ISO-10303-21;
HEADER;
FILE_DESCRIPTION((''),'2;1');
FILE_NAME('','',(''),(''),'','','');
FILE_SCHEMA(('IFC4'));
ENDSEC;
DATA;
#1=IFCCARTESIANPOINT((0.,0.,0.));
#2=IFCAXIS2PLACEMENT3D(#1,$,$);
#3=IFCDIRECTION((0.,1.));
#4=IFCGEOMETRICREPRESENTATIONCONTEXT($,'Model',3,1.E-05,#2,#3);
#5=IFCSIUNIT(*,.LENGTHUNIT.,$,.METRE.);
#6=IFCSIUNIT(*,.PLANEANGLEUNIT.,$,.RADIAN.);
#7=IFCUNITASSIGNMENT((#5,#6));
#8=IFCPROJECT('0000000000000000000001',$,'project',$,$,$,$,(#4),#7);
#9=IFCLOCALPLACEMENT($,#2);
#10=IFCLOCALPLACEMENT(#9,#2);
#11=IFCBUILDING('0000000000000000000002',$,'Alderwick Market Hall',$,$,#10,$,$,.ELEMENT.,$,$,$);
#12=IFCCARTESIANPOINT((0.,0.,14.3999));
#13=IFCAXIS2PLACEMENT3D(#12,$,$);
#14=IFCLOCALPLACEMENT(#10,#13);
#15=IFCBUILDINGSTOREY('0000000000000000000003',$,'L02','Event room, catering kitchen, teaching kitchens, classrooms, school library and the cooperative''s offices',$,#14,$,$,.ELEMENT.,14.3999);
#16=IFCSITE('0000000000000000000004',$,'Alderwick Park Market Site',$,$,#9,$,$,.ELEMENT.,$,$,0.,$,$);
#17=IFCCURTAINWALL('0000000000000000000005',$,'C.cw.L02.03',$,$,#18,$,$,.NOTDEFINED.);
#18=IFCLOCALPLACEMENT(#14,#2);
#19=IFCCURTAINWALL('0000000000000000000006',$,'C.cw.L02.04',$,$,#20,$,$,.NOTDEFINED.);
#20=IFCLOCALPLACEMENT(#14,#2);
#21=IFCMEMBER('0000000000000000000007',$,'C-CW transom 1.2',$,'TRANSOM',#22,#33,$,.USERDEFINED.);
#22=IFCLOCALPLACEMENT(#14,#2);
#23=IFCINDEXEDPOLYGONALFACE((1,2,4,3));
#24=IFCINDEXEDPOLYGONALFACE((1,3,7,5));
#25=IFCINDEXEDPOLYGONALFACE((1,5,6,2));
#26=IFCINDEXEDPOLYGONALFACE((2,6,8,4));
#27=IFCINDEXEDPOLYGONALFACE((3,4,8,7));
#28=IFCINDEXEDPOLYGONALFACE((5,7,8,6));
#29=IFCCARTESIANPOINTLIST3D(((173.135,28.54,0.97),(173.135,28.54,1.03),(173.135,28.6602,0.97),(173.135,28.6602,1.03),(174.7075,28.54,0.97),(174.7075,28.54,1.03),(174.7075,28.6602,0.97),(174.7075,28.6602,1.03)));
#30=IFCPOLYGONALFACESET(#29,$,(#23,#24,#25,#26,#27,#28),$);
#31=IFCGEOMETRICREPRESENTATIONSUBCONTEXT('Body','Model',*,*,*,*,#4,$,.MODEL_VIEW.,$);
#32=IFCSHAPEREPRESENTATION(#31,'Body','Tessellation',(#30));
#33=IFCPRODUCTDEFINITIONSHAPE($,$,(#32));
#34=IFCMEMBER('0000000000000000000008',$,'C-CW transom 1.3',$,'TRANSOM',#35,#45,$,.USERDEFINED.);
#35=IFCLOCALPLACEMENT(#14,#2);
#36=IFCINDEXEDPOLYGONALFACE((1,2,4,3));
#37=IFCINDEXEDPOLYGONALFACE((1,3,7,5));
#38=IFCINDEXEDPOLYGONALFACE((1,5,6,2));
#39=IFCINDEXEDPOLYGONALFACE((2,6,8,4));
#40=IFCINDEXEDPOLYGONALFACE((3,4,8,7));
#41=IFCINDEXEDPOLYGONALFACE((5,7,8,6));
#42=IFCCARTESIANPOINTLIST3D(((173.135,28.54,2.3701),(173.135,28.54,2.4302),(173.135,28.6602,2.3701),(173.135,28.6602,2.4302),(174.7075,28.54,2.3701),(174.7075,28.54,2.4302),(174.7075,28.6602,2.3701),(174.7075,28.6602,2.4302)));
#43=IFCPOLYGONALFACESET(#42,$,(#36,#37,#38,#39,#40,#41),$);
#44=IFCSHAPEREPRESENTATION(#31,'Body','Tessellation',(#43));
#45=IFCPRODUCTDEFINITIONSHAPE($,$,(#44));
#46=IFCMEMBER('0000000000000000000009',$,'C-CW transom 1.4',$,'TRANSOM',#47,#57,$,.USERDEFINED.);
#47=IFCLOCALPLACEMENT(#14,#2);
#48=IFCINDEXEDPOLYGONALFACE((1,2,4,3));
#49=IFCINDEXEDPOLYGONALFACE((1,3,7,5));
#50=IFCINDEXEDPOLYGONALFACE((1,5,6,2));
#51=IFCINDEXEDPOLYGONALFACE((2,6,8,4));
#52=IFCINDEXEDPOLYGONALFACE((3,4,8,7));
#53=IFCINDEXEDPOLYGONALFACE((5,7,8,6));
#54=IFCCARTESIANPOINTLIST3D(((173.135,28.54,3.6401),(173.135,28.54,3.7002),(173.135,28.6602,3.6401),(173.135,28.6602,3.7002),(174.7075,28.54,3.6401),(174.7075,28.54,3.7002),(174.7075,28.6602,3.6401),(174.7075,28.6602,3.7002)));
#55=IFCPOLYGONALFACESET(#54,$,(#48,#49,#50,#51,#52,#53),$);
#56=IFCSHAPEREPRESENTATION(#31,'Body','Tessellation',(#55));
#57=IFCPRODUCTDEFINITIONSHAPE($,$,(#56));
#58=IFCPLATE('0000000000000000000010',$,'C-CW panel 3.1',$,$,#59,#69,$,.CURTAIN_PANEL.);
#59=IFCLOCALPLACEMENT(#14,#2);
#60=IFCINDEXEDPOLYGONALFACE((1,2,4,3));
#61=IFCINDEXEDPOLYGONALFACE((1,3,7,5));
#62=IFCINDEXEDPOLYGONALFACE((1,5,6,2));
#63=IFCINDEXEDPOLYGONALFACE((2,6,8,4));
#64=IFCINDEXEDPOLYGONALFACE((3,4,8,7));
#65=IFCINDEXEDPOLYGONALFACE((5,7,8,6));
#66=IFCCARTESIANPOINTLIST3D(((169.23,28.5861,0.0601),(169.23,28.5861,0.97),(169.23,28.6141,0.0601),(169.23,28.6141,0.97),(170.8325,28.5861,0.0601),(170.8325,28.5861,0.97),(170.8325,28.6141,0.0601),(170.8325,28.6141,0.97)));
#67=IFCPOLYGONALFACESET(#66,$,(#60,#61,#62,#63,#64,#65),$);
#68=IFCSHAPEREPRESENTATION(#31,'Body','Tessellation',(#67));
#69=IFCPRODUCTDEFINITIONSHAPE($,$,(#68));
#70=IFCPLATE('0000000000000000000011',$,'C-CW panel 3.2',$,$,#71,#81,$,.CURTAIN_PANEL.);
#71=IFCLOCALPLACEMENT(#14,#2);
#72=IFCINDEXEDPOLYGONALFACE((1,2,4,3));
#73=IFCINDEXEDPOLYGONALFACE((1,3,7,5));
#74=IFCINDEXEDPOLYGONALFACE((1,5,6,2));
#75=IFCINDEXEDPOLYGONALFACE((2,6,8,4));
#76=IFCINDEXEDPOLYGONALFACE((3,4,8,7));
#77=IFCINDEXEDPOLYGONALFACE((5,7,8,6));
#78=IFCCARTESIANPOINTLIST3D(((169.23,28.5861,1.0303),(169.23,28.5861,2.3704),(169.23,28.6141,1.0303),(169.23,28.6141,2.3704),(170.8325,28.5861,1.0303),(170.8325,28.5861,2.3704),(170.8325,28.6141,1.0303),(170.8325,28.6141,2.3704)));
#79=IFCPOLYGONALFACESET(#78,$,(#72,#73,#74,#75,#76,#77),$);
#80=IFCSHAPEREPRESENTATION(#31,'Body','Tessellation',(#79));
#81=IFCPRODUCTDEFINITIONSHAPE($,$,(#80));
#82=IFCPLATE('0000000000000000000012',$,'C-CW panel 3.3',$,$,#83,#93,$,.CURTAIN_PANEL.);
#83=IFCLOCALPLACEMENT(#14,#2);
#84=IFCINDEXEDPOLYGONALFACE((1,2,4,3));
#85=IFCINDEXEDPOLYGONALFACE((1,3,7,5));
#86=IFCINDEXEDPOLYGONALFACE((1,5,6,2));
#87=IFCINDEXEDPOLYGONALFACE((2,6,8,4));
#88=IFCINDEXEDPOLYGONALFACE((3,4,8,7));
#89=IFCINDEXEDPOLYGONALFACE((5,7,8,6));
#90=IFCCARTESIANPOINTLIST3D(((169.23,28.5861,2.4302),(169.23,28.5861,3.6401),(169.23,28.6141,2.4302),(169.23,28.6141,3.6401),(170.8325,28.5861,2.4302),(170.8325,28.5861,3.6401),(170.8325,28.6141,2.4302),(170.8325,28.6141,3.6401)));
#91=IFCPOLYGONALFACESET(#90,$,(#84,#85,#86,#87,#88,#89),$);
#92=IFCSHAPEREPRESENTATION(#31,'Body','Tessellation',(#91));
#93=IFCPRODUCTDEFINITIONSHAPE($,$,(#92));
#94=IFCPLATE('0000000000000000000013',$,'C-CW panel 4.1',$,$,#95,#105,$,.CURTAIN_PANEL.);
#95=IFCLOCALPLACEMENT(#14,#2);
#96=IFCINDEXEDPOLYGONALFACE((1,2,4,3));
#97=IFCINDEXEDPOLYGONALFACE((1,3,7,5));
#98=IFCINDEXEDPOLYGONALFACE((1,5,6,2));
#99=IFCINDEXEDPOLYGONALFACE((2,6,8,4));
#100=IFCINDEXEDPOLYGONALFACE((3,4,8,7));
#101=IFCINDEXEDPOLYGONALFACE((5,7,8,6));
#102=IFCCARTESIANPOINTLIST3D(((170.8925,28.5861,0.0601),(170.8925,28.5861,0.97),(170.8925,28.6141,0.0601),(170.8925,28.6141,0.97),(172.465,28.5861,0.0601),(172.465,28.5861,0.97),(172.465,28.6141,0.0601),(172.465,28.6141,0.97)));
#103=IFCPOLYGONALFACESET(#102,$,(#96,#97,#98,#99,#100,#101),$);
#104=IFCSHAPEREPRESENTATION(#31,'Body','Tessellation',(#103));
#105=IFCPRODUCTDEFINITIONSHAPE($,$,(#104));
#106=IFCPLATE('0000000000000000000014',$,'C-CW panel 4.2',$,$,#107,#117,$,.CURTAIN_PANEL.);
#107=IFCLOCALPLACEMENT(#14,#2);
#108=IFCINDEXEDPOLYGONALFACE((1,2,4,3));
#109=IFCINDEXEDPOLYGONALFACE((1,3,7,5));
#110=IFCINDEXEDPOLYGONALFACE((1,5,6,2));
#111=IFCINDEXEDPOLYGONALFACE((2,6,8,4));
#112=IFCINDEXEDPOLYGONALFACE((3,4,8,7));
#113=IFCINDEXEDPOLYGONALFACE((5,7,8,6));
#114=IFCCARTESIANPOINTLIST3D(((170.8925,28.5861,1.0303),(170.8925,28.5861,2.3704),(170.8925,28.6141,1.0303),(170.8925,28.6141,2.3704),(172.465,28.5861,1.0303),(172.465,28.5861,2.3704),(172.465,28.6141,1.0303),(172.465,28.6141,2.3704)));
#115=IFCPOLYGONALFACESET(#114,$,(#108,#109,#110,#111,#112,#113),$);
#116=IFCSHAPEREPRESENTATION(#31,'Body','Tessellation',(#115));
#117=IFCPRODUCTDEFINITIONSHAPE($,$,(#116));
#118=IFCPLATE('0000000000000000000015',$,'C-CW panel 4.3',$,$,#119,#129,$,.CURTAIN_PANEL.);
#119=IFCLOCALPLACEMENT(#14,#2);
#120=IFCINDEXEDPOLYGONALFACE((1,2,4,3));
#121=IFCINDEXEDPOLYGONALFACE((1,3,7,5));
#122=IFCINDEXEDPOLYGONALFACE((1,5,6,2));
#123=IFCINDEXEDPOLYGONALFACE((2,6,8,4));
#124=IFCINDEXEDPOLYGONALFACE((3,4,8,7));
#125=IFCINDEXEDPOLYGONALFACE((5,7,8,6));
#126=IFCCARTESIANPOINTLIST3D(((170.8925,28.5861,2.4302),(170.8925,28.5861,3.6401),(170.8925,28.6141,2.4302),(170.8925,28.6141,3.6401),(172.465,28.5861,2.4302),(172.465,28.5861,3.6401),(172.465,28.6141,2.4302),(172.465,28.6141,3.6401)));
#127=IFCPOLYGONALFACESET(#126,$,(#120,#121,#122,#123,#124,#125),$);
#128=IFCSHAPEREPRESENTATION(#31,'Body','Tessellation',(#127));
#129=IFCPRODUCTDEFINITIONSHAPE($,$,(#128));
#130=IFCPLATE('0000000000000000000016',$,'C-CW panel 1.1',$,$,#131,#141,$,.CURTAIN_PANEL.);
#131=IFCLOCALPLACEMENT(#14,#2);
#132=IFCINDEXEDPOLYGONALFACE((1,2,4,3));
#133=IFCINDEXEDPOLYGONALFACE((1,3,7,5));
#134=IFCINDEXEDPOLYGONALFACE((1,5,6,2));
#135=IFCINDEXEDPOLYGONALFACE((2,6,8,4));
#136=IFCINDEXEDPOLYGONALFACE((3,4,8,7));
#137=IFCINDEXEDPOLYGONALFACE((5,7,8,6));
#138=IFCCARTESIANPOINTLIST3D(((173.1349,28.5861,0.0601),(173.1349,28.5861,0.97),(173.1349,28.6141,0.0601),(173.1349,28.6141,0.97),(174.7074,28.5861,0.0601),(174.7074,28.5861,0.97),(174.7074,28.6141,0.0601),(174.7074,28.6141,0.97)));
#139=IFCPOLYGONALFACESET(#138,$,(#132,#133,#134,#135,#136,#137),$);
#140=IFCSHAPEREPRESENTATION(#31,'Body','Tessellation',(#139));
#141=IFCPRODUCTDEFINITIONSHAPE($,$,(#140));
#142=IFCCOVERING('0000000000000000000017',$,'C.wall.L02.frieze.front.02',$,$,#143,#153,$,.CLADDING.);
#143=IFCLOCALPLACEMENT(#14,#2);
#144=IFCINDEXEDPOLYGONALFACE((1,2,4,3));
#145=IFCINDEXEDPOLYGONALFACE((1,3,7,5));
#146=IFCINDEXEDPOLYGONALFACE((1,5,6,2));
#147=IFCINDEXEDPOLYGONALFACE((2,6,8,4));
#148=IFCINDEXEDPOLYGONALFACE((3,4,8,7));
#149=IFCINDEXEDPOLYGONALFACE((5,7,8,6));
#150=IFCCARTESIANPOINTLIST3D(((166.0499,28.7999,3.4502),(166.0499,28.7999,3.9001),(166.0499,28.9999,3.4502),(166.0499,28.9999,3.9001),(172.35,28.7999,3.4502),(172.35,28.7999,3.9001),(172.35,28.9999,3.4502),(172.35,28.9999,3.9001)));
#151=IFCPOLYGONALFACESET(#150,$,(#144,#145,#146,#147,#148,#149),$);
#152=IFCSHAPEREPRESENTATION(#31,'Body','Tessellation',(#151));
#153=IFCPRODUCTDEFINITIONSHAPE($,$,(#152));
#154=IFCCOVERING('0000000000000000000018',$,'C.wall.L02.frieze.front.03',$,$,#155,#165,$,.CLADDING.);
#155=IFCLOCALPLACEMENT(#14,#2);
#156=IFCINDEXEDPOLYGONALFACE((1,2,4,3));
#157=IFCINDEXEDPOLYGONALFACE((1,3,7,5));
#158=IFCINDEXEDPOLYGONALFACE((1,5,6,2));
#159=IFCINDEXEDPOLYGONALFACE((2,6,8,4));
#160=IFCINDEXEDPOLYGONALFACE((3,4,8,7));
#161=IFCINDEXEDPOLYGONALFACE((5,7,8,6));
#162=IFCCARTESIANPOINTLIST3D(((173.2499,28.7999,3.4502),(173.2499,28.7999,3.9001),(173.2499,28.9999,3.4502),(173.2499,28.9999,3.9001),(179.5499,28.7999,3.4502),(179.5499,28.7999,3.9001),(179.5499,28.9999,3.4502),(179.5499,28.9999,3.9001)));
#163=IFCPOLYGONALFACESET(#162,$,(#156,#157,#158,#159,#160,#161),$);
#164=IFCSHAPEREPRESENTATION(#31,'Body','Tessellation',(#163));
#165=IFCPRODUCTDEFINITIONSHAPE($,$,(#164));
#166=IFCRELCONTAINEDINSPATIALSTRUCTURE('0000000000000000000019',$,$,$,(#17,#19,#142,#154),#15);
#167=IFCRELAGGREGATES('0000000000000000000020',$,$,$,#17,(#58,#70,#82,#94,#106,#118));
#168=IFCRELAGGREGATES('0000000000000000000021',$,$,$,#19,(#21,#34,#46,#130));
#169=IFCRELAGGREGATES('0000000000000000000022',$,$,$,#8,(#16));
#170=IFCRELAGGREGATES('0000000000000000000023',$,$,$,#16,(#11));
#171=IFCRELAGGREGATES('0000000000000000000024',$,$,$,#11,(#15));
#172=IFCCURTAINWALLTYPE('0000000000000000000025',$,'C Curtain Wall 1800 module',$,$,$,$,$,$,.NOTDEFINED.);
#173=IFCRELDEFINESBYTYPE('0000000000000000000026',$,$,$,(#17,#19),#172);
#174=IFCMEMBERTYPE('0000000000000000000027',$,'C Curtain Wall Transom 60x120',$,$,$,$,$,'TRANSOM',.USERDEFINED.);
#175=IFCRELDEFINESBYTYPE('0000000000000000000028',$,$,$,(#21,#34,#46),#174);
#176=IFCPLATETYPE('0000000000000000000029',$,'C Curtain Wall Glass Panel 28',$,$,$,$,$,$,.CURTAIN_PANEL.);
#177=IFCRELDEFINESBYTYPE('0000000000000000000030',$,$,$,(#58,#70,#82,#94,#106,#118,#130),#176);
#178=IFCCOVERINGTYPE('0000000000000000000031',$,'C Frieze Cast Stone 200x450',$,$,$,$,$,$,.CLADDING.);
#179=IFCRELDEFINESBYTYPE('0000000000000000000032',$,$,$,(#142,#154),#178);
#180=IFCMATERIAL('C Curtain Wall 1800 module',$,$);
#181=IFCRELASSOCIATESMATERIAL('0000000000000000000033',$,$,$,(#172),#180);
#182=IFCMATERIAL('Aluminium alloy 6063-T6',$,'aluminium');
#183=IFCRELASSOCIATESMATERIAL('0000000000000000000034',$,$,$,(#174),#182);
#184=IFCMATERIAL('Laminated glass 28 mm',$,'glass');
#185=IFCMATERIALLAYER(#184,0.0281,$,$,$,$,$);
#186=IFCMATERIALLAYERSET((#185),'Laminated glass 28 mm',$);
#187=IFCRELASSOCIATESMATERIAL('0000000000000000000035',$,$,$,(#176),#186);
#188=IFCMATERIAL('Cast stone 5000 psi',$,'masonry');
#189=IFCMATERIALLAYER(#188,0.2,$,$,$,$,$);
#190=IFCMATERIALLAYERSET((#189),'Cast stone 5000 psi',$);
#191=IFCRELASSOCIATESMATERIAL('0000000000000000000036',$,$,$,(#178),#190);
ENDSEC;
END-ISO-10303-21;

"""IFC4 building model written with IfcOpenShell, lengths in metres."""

from ifc_helpers import new_model, si_unit, direction, frame, frame_2d, origin, origin_2d, place, context, subcontext, project, spatial, rectangle, extrude, material, layer, layer_set, material_profile, profile_set, type_object, element, aggregate, save


model = new_model("IFC4")

# Units and contexts
model_context = context("Model", 3, precision=1e-05, world=origin(), true_north=direction((0.0, 1.0)))
body_context = subcontext(model_context, "Body", "Model", "MODEL_VIEW")
ifc_project = project(units=[si_unit("LENGTHUNIT", "METRE"), si_unit("PLANEANGLEUNIT", "RADIAN")], contexts=[model_context])

# Site, building, storey
site_placement = place(None, origin())
site = spatial("IfcSite", under=ifc_project, at=site_placement, Name="Alderwick Park Market Site", CompositionType="ELEMENT", RefElevation=0.0)
building_placement = place(site_placement, origin())
building = spatial("IfcBuilding", under=site, at=building_placement, Name="Alderwick Market Hall", CompositionType="ELEMENT")
storey_placement = place(building_placement, frame((0.0, 0.0, 14.3999)))
storey = spatial("IfcBuildingStorey", under=building, at=storey_placement, Name="L02", Description="Event room, catering kitchen, teaching kitchens, classrooms, school library and the cooperative's offices", CompositionType="ELEMENT", Elevation=14.3999)

# Curtain wall
ifc_material_1 = material(Name="C Curtain Wall 1800 module")
curtain_wall_type = type_object("IfcCurtainWallType", Name="C Curtain Wall 1800 module", PredefinedType="NOTDEFINED", material=ifc_material_1)
curtain_wall_1_placement = place(storey_placement, origin())
curtain_wall_1 = element("IfcCurtainWall", 1, at=curtain_wall_1_placement, inside=storey, type_object=curtain_wall_type, Name="C.cw.L02.03", PredefinedType="NOTDEFINED")
ifc_material_2 = material(Name="Aluminium alloy 6063-T6", Category="aluminium")

# Curtain wall
curtain_wall_2_placement = place(storey_placement, origin())
curtain_wall_2 = element("IfcCurtainWall", 2, at=curtain_wall_2_placement, inside=storey, type_object=curtain_wall_type, Name="C.cw.L02.04", PredefinedType="NOTDEFINED")

# Members
ifc_material_profile_1 = material_profile(ifc_material_2, rectangle(XDim=0.1201, YDim=0.0601, at=origin_2d()), Name="AL 60x120")
ifc_profile_set_1 = profile_set([ifc_material_profile_1], Name="Aluminium alloy 6063-T6")
member_type_1 = type_object("IfcMemberType", Name="C Curtain Wall Transom 60x120", ElementType="TRANSOM", PredefinedType="USERDEFINED", material=ifc_profile_set_1)
member_1_placement = place(storey_placement, frame((173.135, 28.6001, 1.0), z_axis=(1.0, 0.0, 0.0), x_axis=(0.0, 1.0, 0.0)))
member_1 = element("IfcMember", 3, at=member_1_placement, type_object=member_type_1, Name="C-CW transom 1.2", ObjectType="TRANSOM", PredefinedType="USERDEFINED", context=body_context, shape_type="SweptSolid", body=[
    extrude(rectangle(XDim=0.1201, YDim=0.0601, at=origin_2d()), origin(), (0.0, 0.0, 1.0), 1.5725),
])
member_2_placement = place(storey_placement, frame((173.135, 28.6001, 2.4001), z_axis=(1.0, 0.0, 0.0), x_axis=(0.0, 1.0, 0.0)))
member_2 = element("IfcMember", 4, at=member_2_placement, type_object=member_type_1, Name="C-CW transom 1.3", ObjectType="TRANSOM", PredefinedType="USERDEFINED", context=body_context, shape_type="SweptSolid", body=[
    extrude(rectangle(XDim=0.1201, YDim=0.0601, at=origin_2d()), origin(), (0.0, 0.0, 1.0), 1.5725),
])
member_3_placement = place(storey_placement, frame((173.135, 28.6001, 3.6702), z_axis=(1.0, 0.0, 0.0), x_axis=(0.0, 1.0, 0.0)))
member_3 = element("IfcMember", 5, at=member_3_placement, type_object=member_type_1, Name="C-CW transom 1.4", ObjectType="TRANSOM", PredefinedType="USERDEFINED", context=body_context, shape_type="SweptSolid", body=[
    extrude(rectangle(XDim=0.1201, YDim=0.0601, at=origin_2d()), origin(), (0.0, 0.0, 1.0), 1.5725),
])

# Plates
ifc_material_3 = material(Name="Laminated glass 28 mm", Category="glass")
ifc_layer_1 = layer(ifc_material_3, 0.0281)
ifc_layer_set_1 = layer_set([ifc_layer_1], Name="Laminated glass 28 mm")
plate_type = type_object("IfcPlateType", Name="C Curtain Wall Glass Panel 28", PredefinedType="CURTAIN_PANEL", material=ifc_layer_set_1)
plate_1_placement = place(storey_placement, frame((170.0312, 28.6001, 0.0601), z_axis=(0.0, 0.0, 1.0), x_axis=(1.0, 0.0, 0.0)))
plate_1 = element("IfcPlate", 6, at=plate_1_placement, type_object=plate_type, Name="C-CW panel 3.1", PredefinedType="CURTAIN_PANEL", context=body_context, shape_type="SweptSolid", body=[
    extrude(rectangle(XDim=1.6025, YDim=0.0281, at=origin_2d()), origin(), (0.0, 0.0, 1.0), 0.9099),
])
plate_2_placement = place(storey_placement, frame((170.0312, 28.6001, 1.0303), z_axis=(0.0, 0.0, 1.0), x_axis=(1.0, 0.0, 0.0)))
plate_2 = element("IfcPlate", 7, at=plate_2_placement, type_object=plate_type, Name="C-CW panel 3.2", PredefinedType="CURTAIN_PANEL", context=body_context, shape_type="SweptSolid", body=[
    extrude(rectangle(XDim=1.6025, YDim=0.0281, at=origin_2d()), origin(), (0.0, 0.0, 1.0), 1.3401),
])
plate_3_placement = place(storey_placement, frame((170.0312, 28.6001, 2.4302), z_axis=(0.0, 0.0, 1.0), x_axis=(1.0, 0.0, 0.0)))
plate_3 = element("IfcPlate", 8, at=plate_3_placement, type_object=plate_type, Name="C-CW panel 3.3", PredefinedType="CURTAIN_PANEL", context=body_context, shape_type="SweptSolid", body=[
    extrude(rectangle(XDim=1.6025, YDim=0.0281, at=origin_2d()), origin(), (0.0, 0.0, 1.0), 1.21),
])
plate_4_placement = place(storey_placement, frame((171.6787, 28.6001, 0.0601), z_axis=(0.0, 0.0, 1.0), x_axis=(1.0, 0.0, 0.0)))
plate_4 = element("IfcPlate", 9, at=plate_4_placement, type_object=plate_type, Name="C-CW panel 4.1", PredefinedType="CURTAIN_PANEL", context=body_context, shape_type="SweptSolid", body=[
    extrude(rectangle(XDim=1.5725, YDim=0.0281, at=origin_2d()), origin(), (0.0, 0.0, 1.0), 0.9099),
])
plate_5_placement = place(storey_placement, frame((171.6787, 28.6001, 1.0303), z_axis=(0.0, 0.0, 1.0), x_axis=(1.0, 0.0, 0.0)))
plate_5 = element("IfcPlate", 10, at=plate_5_placement, type_object=plate_type, Name="C-CW panel 4.2", PredefinedType="CURTAIN_PANEL", context=body_context, shape_type="SweptSolid", body=[
    extrude(rectangle(XDim=1.5725, YDim=0.0281, at=origin_2d()), origin(), (0.0, 0.0, 1.0), 1.3401),
])
plate_6_placement = place(storey_placement, frame((171.6787, 28.6001, 2.4302), z_axis=(0.0, 0.0, 1.0), x_axis=(1.0, 0.0, 0.0)))
plate_6 = element("IfcPlate", 11, at=plate_6_placement, type_object=plate_type, Name="C-CW panel 4.3", PredefinedType="CURTAIN_PANEL", context=body_context, shape_type="SweptSolid", body=[
    extrude(rectangle(XDim=1.5725, YDim=0.0281, at=origin_2d()), origin(), (0.0, 0.0, 1.0), 1.21),
])
aggregate(curtain_wall_1, [plate_1, plate_2, plate_3, plate_4, plate_5, plate_6])
plate_7_placement = place(storey_placement, frame((173.9211, 28.6001, 0.0601), z_axis=(0.0, 0.0, 1.0), x_axis=(1.0, 0.0, 0.0)))
plate_7 = element("IfcPlate", 12, at=plate_7_placement, type_object=plate_type, Name="C-CW panel 1.1", PredefinedType="CURTAIN_PANEL", context=body_context, shape_type="SweptSolid", body=[
    extrude(rectangle(XDim=1.5725, YDim=0.0281, at=origin_2d()), origin(), (0.0, 0.0, 1.0), 0.9099),
])
aggregate(curtain_wall_2, [member_1, member_2, member_3, plate_7])

# Coverings
ifc_material_4 = material(Name="Cast stone 5000 psi", Category="masonry")
ifc_layer_2 = layer(ifc_material_4, 0.2)
ifc_layer_set_2 = layer_set([ifc_layer_2], Name="Cast stone 5000 psi")
covering_type = type_object("IfcCoveringType", Name="C Frieze Cast Stone 200x450", PredefinedType="CLADDING", material=ifc_layer_set_2)
for number, where, z_axis, x_axis, name in (
    (13, (166.05, 28.8999, 3.4502), (0.0, 0.0, 1.0), (1.0, 0.0, 0.0), "C.wall.L02.frieze.front.02"),
    (14, (173.25, 28.8999, 3.4502), (0.0, 0.0, 1.0), (1.0, 0.0, 0.0), "C.wall.L02.frieze.front.03"),
):
    element("IfcCovering", number, at=place(storey_placement, frame(where, z_axis=z_axis, x_axis=x_axis)), inside=storey, type_object=covering_type, Name=name, PredefinedType="CLADDING", context=body_context, shape_type="SweptSolid", body=[
        extrude(rectangle(XDim=6.3, YDim=0.2, at=frame_2d((3.1499, 0.0))), origin(), (0.0, 0.0, 1.0), 0.45),
    ])

save(model, "model.ifc")
